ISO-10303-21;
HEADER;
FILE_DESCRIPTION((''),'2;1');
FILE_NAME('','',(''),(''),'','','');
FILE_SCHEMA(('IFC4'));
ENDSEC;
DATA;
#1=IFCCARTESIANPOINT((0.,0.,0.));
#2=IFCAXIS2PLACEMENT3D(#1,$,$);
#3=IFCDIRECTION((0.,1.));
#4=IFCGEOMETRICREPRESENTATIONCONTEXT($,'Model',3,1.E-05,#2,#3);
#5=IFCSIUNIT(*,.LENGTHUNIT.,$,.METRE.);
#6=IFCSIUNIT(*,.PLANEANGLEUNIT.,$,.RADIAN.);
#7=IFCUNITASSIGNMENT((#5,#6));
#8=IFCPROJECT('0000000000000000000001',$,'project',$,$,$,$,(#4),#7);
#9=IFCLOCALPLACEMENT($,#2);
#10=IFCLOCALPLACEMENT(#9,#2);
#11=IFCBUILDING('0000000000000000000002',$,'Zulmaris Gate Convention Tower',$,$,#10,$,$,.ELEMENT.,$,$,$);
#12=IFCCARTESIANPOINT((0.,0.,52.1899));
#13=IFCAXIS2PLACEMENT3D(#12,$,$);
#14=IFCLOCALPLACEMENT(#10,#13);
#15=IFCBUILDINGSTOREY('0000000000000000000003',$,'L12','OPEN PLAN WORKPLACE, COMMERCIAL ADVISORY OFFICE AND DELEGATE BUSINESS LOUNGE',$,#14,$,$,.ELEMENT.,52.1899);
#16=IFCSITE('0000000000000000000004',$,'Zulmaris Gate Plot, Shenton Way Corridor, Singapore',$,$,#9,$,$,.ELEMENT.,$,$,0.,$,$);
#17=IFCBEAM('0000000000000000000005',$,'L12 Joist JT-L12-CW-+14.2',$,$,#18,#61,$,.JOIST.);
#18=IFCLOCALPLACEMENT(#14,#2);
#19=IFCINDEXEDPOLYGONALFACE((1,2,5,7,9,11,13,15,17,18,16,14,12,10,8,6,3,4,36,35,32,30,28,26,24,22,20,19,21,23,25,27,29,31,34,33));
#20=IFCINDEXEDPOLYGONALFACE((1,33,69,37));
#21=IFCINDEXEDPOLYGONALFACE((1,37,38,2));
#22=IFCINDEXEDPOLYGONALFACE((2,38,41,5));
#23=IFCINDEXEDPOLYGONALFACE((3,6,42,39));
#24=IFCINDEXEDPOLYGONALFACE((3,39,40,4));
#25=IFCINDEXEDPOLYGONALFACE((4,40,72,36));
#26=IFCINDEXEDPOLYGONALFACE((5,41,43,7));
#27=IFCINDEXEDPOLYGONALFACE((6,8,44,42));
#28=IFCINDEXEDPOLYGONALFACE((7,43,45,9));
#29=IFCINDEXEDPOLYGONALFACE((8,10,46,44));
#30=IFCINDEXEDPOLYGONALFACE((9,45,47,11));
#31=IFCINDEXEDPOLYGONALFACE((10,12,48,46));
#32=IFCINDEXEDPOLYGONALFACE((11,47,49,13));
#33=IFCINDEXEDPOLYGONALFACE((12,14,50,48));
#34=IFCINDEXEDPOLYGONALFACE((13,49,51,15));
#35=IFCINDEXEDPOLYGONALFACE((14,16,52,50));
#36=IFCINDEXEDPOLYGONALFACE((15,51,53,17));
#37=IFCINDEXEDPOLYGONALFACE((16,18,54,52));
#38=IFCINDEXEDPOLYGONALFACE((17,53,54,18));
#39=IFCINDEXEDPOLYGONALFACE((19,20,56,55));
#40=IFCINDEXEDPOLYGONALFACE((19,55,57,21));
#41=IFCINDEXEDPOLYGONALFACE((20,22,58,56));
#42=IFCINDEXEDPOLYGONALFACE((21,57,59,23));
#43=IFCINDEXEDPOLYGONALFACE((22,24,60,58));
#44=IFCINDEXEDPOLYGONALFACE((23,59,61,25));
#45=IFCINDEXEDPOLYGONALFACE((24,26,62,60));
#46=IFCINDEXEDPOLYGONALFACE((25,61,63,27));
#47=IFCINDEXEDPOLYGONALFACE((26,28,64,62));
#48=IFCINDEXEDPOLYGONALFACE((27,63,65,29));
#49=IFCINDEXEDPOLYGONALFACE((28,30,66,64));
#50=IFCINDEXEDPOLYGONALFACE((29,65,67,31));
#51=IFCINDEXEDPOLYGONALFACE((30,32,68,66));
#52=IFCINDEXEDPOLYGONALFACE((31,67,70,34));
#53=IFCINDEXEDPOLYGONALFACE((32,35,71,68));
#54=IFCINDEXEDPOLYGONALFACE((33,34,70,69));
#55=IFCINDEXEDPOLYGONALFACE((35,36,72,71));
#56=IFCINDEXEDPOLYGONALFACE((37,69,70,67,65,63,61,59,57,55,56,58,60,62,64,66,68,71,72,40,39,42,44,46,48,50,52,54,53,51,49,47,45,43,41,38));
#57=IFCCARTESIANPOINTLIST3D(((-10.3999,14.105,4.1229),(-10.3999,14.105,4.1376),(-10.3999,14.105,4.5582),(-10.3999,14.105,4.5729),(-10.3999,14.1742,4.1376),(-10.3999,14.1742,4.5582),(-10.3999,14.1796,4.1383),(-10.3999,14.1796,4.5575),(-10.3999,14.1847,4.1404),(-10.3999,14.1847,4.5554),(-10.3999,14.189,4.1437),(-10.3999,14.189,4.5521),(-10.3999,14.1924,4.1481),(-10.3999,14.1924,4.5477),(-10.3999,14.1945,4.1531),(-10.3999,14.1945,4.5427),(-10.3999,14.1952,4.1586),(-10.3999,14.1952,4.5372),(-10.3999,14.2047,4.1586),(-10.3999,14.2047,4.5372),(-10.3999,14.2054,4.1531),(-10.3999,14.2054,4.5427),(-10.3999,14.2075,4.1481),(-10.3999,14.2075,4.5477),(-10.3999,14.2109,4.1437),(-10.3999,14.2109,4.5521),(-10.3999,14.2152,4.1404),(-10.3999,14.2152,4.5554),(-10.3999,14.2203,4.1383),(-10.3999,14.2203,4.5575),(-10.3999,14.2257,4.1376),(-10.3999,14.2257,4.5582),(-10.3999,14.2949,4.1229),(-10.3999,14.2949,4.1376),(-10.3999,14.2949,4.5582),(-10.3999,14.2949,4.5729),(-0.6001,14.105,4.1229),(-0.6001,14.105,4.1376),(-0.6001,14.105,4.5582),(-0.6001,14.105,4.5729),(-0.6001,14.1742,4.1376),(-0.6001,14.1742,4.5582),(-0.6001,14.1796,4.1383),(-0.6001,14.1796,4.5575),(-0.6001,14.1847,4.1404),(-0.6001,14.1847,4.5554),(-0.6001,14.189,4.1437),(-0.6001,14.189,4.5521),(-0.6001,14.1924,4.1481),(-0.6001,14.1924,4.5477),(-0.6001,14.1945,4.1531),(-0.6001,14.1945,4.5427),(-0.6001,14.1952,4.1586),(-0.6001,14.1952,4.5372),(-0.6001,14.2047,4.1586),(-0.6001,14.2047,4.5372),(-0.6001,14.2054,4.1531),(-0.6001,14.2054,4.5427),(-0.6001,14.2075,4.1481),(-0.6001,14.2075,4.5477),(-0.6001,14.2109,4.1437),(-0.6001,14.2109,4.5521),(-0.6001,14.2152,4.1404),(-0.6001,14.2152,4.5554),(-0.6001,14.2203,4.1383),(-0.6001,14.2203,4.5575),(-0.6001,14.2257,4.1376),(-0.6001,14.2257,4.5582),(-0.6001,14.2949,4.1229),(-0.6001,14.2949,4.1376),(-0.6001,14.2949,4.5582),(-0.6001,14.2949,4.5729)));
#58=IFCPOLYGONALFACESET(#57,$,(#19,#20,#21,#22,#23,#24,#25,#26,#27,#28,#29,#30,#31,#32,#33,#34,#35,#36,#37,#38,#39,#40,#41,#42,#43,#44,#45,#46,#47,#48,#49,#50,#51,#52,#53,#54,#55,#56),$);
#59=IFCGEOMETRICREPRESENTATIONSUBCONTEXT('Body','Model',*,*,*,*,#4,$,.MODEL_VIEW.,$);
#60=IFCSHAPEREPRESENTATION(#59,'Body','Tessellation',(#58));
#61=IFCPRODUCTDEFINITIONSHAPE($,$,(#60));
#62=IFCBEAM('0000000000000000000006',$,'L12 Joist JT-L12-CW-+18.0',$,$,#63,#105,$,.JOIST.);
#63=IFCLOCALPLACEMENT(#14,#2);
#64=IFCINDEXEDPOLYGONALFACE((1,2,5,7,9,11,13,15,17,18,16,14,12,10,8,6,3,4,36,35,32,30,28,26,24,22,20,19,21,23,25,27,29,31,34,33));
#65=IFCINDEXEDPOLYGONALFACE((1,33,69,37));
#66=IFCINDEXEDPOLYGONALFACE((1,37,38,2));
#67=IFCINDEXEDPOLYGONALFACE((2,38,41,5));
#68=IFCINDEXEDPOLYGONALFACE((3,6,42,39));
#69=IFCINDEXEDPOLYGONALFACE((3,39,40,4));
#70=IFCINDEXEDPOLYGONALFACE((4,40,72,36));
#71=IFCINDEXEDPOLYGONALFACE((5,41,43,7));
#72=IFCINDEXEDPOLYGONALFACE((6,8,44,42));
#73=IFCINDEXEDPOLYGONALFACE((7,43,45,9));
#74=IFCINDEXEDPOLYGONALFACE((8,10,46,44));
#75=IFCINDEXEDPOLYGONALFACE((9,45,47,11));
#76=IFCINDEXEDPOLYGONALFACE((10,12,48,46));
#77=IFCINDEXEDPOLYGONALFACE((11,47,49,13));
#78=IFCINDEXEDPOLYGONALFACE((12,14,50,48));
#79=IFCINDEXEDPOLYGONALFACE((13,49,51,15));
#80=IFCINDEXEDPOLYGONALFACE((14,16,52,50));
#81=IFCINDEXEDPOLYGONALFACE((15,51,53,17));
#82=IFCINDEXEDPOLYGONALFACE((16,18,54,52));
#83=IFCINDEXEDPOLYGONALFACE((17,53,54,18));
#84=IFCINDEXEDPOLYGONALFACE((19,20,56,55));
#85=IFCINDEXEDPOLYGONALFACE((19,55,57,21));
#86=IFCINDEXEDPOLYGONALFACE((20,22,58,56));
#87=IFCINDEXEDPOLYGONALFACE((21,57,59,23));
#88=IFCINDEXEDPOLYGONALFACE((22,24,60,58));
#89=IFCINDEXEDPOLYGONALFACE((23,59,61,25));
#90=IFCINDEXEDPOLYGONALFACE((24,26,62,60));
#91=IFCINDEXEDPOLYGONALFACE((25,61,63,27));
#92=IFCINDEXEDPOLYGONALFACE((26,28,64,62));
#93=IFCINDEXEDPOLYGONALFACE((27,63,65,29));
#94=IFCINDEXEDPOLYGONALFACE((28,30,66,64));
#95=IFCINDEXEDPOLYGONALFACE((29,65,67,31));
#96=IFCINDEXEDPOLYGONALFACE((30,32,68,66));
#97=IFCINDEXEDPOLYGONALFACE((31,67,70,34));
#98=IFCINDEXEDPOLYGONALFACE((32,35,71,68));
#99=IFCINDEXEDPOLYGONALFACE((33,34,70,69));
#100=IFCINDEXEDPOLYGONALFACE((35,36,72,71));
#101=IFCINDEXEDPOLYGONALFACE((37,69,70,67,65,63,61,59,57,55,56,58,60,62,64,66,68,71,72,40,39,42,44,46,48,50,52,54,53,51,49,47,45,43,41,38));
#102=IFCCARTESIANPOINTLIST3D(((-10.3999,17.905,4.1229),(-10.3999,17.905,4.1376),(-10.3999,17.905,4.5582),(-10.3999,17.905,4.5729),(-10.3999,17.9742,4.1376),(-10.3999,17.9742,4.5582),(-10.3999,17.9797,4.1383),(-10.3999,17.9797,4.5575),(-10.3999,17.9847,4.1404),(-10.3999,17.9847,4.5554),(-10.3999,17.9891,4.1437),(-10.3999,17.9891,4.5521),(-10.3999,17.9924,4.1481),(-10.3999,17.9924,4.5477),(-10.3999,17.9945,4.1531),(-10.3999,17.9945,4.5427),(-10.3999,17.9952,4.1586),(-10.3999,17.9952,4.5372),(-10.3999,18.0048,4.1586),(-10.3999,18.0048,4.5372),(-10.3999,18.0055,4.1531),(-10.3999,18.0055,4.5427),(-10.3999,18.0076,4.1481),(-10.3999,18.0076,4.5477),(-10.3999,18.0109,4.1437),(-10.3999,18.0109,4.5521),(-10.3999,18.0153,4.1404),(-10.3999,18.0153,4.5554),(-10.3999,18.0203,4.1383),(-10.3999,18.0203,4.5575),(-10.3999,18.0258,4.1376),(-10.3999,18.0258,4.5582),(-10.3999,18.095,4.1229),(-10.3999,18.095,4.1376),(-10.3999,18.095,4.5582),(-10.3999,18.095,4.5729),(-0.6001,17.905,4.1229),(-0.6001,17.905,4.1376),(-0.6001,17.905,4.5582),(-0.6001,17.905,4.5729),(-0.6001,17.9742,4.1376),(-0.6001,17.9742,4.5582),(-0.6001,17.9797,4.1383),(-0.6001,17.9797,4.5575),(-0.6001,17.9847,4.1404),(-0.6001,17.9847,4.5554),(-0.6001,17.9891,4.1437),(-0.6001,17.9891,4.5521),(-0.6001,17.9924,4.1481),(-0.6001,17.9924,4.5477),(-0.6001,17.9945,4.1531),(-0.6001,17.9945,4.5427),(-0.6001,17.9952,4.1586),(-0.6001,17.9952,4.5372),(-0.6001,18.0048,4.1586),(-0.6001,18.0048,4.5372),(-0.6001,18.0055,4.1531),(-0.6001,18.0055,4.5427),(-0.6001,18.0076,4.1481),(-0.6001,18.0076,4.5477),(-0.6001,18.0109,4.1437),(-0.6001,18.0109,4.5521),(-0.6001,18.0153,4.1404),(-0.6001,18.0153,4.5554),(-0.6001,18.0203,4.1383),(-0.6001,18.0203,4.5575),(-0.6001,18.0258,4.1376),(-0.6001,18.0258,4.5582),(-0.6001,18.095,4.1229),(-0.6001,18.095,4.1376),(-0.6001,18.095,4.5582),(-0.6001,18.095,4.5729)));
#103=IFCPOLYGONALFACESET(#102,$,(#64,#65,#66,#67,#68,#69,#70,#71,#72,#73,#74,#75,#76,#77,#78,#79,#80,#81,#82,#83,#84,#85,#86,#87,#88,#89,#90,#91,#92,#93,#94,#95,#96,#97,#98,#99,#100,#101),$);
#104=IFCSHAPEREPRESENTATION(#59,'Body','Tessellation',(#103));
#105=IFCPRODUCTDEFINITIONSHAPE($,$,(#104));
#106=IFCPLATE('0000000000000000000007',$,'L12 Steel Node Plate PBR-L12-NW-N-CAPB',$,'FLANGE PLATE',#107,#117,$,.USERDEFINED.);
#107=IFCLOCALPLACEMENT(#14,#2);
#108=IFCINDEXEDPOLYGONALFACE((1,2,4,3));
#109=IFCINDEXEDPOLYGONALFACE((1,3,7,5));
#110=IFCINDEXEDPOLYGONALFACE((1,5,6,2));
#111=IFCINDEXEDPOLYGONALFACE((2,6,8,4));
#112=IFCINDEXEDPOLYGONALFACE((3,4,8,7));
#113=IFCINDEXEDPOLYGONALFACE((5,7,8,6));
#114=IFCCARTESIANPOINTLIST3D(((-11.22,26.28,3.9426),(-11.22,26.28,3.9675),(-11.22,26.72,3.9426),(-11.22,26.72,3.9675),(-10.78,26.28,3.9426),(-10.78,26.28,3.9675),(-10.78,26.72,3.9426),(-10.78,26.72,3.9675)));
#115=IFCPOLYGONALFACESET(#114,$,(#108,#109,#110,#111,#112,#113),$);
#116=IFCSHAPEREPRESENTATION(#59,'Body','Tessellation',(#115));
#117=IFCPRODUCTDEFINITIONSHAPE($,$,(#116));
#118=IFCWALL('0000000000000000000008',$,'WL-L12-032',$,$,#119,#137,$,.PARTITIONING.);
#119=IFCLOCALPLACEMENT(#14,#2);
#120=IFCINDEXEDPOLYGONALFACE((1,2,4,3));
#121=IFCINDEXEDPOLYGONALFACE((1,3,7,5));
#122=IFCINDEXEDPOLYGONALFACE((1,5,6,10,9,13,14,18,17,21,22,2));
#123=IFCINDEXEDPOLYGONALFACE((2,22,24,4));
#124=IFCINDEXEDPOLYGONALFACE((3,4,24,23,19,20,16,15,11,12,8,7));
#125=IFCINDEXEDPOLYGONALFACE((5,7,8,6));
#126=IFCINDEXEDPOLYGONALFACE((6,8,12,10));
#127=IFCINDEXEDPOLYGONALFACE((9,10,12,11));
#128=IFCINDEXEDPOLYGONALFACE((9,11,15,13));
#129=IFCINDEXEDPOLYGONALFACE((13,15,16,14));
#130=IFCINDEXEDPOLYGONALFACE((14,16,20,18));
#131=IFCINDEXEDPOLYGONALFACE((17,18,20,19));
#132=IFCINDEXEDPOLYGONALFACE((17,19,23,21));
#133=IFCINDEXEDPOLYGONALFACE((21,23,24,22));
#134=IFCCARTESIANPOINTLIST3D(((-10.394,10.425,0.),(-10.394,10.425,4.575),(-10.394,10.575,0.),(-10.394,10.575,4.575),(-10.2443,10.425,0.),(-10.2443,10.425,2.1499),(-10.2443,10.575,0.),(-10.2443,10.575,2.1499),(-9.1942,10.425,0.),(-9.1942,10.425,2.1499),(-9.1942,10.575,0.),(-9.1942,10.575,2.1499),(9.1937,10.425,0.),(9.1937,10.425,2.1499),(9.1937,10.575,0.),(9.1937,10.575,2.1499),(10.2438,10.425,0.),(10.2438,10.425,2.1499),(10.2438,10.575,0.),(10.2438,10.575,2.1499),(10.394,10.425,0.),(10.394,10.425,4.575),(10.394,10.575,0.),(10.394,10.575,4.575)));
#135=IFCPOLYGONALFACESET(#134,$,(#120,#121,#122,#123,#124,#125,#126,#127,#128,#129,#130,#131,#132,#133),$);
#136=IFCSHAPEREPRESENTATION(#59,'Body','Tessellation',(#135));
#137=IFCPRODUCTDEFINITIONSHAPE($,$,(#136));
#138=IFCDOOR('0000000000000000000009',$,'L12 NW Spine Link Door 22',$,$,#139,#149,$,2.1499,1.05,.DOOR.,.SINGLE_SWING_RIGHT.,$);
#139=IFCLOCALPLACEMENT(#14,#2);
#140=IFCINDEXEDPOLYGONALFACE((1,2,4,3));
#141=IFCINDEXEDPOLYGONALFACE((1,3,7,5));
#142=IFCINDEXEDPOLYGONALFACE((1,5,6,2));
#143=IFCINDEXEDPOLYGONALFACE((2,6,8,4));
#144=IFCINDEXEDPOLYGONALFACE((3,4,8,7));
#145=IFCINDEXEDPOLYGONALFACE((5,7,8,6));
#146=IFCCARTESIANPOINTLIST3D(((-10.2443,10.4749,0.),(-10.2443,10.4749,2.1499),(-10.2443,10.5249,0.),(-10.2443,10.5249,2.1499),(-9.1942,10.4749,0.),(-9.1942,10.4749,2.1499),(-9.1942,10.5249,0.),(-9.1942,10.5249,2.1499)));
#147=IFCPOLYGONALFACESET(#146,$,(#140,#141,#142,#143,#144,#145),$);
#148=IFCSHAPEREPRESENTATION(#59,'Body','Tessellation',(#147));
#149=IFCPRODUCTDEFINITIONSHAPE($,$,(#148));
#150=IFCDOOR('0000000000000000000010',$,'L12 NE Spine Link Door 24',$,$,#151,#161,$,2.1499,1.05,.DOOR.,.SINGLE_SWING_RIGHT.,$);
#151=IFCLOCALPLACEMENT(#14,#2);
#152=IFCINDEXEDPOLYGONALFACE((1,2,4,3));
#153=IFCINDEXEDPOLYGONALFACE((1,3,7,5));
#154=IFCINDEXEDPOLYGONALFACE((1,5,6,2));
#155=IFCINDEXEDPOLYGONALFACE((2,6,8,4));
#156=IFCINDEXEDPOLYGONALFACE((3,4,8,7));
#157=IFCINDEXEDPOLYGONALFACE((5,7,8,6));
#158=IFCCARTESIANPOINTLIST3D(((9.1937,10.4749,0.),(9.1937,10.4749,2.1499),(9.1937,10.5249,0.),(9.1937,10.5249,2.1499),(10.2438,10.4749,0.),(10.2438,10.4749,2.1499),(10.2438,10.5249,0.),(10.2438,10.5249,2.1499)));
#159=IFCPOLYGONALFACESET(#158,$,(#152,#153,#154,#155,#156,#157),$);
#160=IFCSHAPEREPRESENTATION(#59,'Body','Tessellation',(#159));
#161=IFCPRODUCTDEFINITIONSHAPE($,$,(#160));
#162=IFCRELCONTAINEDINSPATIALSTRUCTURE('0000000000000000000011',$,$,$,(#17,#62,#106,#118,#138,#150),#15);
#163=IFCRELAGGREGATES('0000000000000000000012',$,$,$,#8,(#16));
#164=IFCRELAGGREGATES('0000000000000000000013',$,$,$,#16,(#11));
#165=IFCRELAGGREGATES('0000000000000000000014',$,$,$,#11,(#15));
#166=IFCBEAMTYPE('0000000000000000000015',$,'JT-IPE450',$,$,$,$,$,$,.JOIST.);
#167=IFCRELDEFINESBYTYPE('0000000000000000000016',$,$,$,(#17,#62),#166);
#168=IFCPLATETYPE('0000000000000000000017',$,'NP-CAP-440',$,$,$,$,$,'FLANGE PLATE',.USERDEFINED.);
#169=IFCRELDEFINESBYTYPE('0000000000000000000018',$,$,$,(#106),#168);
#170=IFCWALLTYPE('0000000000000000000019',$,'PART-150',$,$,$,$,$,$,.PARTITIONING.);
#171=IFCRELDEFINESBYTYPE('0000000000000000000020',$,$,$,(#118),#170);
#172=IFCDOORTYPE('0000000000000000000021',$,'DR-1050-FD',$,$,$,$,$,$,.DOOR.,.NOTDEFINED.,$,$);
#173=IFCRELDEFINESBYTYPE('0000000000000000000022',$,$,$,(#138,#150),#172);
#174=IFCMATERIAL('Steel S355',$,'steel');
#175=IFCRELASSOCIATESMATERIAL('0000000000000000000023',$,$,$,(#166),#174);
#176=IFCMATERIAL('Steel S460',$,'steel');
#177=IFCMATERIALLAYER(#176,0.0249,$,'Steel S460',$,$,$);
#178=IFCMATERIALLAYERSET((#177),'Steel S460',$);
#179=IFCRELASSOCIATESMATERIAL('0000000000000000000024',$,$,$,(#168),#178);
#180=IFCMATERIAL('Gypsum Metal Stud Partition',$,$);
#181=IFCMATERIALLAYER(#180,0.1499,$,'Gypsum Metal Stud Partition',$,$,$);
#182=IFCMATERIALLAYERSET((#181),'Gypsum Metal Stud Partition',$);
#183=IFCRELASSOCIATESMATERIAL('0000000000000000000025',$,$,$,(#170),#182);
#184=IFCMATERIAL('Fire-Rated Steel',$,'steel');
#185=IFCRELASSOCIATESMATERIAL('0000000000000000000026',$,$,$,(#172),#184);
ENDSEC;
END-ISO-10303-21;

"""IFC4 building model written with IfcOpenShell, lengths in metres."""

from ifc_helpers import new_model, si_unit, direction, frame, frame_2d, origin, origin_2d, place, context, subcontext, project, spatial, rectangle, i_section, extrude, material, layer, layer_set, material_profile, profile_set, type_object, element, fill, save


model = new_model("IFC4")

# Units and contexts
model_context = context("Model", 3, precision=1e-05, world=origin(), true_north=direction((0.0, 1.0)))
body_context = subcontext(model_context, "Body", "Model", "MODEL_VIEW")
ifc_project = project(units=[si_unit("LENGTHUNIT", "METRE"), si_unit("PLANEANGLEUNIT", "RADIAN")], contexts=[model_context])

# Site, building, storey
site_placement = place(None, origin())
site = spatial("IfcSite", under=ifc_project, at=site_placement, Name="Zulmaris Gate Plot, Shenton Way Corridor, Singapore", CompositionType="ELEMENT", RefElevation=0.0)
building_placement = place(site_placement, origin())
building = spatial("IfcBuilding", under=site, at=building_placement, Name="Zulmaris Gate Convention Tower", CompositionType="ELEMENT")
storey_placement = place(building_placement, frame((0.0, 0.0, 52.1899)))
storey = spatial("IfcBuildingStorey", under=building, at=storey_placement, Name="L12", Description="OPEN PLAN WORKPLACE, COMMERCIAL ADVISORY OFFICE AND DELEGATE BUSINESS LOUNGE", CompositionType="ELEMENT", Elevation=52.1899)

# Beams
ifc_material_1 = material(Name="Steel S355", Category="steel")
ifc_material_profile_1 = material_profile(ifc_material_1, i_section(OverallWidth=0.1899, OverallDepth=0.45, WebThickness=0.0095, FlangeThickness=0.0146, FilletRadius=0.021, at=origin_2d()), Name="IPE 450")
ifc_profile_set_1 = profile_set([ifc_material_profile_1], Name="Steel S355")
beam_type_1 = type_object("IfcBeamType", Name="JT-IPE450", PredefinedType="JOIST", material=ifc_profile_set_1)
for number, where, z_axis, x_axis, name in (
    (1, (-10.3999, 14.2, 4.3479), (1.0, 0.0, 0.0), (0.0, 1.0, 0.0), "L12 Joist JT-L12-CW-+14.2"),
    (2, (-10.3999, 18.0, 4.3479), (1.0, 0.0, 0.0), (0.0, 1.0, 0.0), "L12 Joist JT-L12-CW-+18.0"),
):
    element("IfcBeam", number, at=place(storey_placement, frame(where, z_axis=z_axis, x_axis=x_axis)), inside=storey, type_object=beam_type_1, Name=name, PredefinedType="JOIST", context=body_context, shape_type="SweptSolid", body=[
        extrude(i_section(OverallWidth=0.1899, OverallDepth=0.45, WebThickness=0.0095, FlangeThickness=0.0146, FilletRadius=0.021, at=origin_2d()), origin(), (0.0, 0.0, 1.0), 9.7998),
    ])

# Plate
ifc_material_2 = material(Name="Steel S460", Category="steel")
ifc_layer_1 = layer(ifc_material_2, 0.0249, Name="Steel S460")
ifc_layer_set_1 = layer_set([ifc_layer_1], Name="Steel S460")
plate_type = type_object("IfcPlateType", Name="NP-CAP-440", ElementType="FLANGE PLATE", PredefinedType="USERDEFINED", material=ifc_layer_set_1)
plate_placement = place(storey_placement, frame((-11.0, 26.5, 3.9426), z_axis=(0.0, 0.0, 1.0), x_axis=(1.0, 0.0, 0.0)))
element("IfcPlate", 3, at=plate_placement, inside=storey, type_object=plate_type, Name="L12 Steel Node Plate PBR-L12-NW-N-CAPB", ObjectType="FLANGE PLATE", PredefinedType="USERDEFINED", context=body_context, shape_type="SweptSolid", body=[
    extrude(rectangle(XDim=0.4399, YDim=0.4399, at=origin_2d()), origin(), (0.0, 0.0, 1.0), 0.0249),
])

# Shared definitions
ifc_material_3 = material(Name="Fire-Rated Steel", Category="steel")

# Wall, openings, doors
ifc_material_4 = material(Name="Gypsum Metal Stud Partition")
ifc_layer_2 = layer(ifc_material_4, 0.1499, Name="Gypsum Metal Stud Partition")
ifc_layer_set_2 = layer_set([ifc_layer_2], Name="Gypsum Metal Stud Partition")
wall_type_1 = type_object("IfcWallType", Name="PART-150", PredefinedType="PARTITIONING", material=ifc_layer_set_2)
wall_1_placement = place(storey_placement, frame((-10.394, 10.5, 0.0), z_axis=(0.0, 0.0, 1.0), x_axis=(1.0, 0.0, 0.0)))
wall_1 = element("IfcWall", 4, at=wall_1_placement, inside=storey, type_object=wall_type_1, Name="WL-L12-032", PredefinedType="PARTITIONING", context=body_context, shape_type="SweptSolid", body=[
    extrude(rectangle(XDim=20.7881, YDim=0.1499, at=frame_2d((10.394, 0.0))), origin(), (0.0, 0.0, 1.0), 4.575),
])
opening_1_placement = place(wall_1_placement, frame((0.1499, 0.0, 0.0)))
opening_1 = element("IfcOpeningElement", 5, at=opening_1_placement, cuts=wall_1, PredefinedType="OPENING", context=body_context, shape_type="SweptSolid", body=[
    extrude(rectangle(XDim=1.05, YDim=2.1499, at=frame_2d((0.5249, 1.075))), frame((0.0, 0.085, 0.0), z_axis=(0.0, -1.0, 0.0), x_axis=(1.0, 0.0, 0.0)), (0.0, 0.0, 1.0), 0.1699),
])
opening_2_placement = place(wall_1_placement, frame((19.5879, 0.0, 0.0)))
opening_2 = element("IfcOpeningElement", 6, at=opening_2_placement, cuts=wall_1, PredefinedType="OPENING", context=body_context, shape_type="SweptSolid", body=[
    extrude(rectangle(XDim=1.05, YDim=2.1499, at=frame_2d((0.5249, 1.075))), frame((0.0, 0.085, 0.0), z_axis=(0.0, -1.0, 0.0), x_axis=(1.0, 0.0, 0.0)), (0.0, 0.0, 1.0), 0.1699),
])
door_type_1 = type_object("IfcDoorType", Name="DR-1050-FD", OperationType="NOTDEFINED", PredefinedType="DOOR", material=ifc_material_3)
door_1_placement = place(opening_1_placement, origin())
door_1 = element("IfcDoor", 7, at=door_1_placement, inside=storey, type_object=door_type_1, Name="L12 NW Spine Link Door 22", OperationType="SINGLE_SWING_RIGHT", OverallHeight=2.1499, OverallWidth=1.05, PredefinedType="DOOR", context=body_context, shape_type="SweptSolid", body=[
    extrude(rectangle(XDim=1.05, YDim=2.1499, at=frame_2d((0.5249, 1.075))), frame((0.0, 0.0249, 0.0), z_axis=(0.0, -1.0, 0.0), x_axis=(1.0, 0.0, 0.0)), (0.0, 0.0, 1.0), 0.05),
])
fill(opening_1, door_1)
door_2_placement = place(opening_2_placement, origin())
door_2 = element("IfcDoor", 8, at=door_2_placement, inside=storey, type_object=door_type_1, Name="L12 NE Spine Link Door 24", OperationType="SINGLE_SWING_RIGHT", OverallHeight=2.1499, OverallWidth=1.05, PredefinedType="DOOR", context=body_context, shape_type="SweptSolid", body=[
    extrude(rectangle(XDim=1.05, YDim=2.1499, at=frame_2d((0.5249, 1.075))), frame((0.0, 0.0249, 0.0), z_axis=(0.0, -1.0, 0.0), x_axis=(1.0, 0.0, 0.0)), (0.0, 0.0, 1.0), 0.05),
])
fill(opening_2, door_2)

save(model, "model.ifc")
